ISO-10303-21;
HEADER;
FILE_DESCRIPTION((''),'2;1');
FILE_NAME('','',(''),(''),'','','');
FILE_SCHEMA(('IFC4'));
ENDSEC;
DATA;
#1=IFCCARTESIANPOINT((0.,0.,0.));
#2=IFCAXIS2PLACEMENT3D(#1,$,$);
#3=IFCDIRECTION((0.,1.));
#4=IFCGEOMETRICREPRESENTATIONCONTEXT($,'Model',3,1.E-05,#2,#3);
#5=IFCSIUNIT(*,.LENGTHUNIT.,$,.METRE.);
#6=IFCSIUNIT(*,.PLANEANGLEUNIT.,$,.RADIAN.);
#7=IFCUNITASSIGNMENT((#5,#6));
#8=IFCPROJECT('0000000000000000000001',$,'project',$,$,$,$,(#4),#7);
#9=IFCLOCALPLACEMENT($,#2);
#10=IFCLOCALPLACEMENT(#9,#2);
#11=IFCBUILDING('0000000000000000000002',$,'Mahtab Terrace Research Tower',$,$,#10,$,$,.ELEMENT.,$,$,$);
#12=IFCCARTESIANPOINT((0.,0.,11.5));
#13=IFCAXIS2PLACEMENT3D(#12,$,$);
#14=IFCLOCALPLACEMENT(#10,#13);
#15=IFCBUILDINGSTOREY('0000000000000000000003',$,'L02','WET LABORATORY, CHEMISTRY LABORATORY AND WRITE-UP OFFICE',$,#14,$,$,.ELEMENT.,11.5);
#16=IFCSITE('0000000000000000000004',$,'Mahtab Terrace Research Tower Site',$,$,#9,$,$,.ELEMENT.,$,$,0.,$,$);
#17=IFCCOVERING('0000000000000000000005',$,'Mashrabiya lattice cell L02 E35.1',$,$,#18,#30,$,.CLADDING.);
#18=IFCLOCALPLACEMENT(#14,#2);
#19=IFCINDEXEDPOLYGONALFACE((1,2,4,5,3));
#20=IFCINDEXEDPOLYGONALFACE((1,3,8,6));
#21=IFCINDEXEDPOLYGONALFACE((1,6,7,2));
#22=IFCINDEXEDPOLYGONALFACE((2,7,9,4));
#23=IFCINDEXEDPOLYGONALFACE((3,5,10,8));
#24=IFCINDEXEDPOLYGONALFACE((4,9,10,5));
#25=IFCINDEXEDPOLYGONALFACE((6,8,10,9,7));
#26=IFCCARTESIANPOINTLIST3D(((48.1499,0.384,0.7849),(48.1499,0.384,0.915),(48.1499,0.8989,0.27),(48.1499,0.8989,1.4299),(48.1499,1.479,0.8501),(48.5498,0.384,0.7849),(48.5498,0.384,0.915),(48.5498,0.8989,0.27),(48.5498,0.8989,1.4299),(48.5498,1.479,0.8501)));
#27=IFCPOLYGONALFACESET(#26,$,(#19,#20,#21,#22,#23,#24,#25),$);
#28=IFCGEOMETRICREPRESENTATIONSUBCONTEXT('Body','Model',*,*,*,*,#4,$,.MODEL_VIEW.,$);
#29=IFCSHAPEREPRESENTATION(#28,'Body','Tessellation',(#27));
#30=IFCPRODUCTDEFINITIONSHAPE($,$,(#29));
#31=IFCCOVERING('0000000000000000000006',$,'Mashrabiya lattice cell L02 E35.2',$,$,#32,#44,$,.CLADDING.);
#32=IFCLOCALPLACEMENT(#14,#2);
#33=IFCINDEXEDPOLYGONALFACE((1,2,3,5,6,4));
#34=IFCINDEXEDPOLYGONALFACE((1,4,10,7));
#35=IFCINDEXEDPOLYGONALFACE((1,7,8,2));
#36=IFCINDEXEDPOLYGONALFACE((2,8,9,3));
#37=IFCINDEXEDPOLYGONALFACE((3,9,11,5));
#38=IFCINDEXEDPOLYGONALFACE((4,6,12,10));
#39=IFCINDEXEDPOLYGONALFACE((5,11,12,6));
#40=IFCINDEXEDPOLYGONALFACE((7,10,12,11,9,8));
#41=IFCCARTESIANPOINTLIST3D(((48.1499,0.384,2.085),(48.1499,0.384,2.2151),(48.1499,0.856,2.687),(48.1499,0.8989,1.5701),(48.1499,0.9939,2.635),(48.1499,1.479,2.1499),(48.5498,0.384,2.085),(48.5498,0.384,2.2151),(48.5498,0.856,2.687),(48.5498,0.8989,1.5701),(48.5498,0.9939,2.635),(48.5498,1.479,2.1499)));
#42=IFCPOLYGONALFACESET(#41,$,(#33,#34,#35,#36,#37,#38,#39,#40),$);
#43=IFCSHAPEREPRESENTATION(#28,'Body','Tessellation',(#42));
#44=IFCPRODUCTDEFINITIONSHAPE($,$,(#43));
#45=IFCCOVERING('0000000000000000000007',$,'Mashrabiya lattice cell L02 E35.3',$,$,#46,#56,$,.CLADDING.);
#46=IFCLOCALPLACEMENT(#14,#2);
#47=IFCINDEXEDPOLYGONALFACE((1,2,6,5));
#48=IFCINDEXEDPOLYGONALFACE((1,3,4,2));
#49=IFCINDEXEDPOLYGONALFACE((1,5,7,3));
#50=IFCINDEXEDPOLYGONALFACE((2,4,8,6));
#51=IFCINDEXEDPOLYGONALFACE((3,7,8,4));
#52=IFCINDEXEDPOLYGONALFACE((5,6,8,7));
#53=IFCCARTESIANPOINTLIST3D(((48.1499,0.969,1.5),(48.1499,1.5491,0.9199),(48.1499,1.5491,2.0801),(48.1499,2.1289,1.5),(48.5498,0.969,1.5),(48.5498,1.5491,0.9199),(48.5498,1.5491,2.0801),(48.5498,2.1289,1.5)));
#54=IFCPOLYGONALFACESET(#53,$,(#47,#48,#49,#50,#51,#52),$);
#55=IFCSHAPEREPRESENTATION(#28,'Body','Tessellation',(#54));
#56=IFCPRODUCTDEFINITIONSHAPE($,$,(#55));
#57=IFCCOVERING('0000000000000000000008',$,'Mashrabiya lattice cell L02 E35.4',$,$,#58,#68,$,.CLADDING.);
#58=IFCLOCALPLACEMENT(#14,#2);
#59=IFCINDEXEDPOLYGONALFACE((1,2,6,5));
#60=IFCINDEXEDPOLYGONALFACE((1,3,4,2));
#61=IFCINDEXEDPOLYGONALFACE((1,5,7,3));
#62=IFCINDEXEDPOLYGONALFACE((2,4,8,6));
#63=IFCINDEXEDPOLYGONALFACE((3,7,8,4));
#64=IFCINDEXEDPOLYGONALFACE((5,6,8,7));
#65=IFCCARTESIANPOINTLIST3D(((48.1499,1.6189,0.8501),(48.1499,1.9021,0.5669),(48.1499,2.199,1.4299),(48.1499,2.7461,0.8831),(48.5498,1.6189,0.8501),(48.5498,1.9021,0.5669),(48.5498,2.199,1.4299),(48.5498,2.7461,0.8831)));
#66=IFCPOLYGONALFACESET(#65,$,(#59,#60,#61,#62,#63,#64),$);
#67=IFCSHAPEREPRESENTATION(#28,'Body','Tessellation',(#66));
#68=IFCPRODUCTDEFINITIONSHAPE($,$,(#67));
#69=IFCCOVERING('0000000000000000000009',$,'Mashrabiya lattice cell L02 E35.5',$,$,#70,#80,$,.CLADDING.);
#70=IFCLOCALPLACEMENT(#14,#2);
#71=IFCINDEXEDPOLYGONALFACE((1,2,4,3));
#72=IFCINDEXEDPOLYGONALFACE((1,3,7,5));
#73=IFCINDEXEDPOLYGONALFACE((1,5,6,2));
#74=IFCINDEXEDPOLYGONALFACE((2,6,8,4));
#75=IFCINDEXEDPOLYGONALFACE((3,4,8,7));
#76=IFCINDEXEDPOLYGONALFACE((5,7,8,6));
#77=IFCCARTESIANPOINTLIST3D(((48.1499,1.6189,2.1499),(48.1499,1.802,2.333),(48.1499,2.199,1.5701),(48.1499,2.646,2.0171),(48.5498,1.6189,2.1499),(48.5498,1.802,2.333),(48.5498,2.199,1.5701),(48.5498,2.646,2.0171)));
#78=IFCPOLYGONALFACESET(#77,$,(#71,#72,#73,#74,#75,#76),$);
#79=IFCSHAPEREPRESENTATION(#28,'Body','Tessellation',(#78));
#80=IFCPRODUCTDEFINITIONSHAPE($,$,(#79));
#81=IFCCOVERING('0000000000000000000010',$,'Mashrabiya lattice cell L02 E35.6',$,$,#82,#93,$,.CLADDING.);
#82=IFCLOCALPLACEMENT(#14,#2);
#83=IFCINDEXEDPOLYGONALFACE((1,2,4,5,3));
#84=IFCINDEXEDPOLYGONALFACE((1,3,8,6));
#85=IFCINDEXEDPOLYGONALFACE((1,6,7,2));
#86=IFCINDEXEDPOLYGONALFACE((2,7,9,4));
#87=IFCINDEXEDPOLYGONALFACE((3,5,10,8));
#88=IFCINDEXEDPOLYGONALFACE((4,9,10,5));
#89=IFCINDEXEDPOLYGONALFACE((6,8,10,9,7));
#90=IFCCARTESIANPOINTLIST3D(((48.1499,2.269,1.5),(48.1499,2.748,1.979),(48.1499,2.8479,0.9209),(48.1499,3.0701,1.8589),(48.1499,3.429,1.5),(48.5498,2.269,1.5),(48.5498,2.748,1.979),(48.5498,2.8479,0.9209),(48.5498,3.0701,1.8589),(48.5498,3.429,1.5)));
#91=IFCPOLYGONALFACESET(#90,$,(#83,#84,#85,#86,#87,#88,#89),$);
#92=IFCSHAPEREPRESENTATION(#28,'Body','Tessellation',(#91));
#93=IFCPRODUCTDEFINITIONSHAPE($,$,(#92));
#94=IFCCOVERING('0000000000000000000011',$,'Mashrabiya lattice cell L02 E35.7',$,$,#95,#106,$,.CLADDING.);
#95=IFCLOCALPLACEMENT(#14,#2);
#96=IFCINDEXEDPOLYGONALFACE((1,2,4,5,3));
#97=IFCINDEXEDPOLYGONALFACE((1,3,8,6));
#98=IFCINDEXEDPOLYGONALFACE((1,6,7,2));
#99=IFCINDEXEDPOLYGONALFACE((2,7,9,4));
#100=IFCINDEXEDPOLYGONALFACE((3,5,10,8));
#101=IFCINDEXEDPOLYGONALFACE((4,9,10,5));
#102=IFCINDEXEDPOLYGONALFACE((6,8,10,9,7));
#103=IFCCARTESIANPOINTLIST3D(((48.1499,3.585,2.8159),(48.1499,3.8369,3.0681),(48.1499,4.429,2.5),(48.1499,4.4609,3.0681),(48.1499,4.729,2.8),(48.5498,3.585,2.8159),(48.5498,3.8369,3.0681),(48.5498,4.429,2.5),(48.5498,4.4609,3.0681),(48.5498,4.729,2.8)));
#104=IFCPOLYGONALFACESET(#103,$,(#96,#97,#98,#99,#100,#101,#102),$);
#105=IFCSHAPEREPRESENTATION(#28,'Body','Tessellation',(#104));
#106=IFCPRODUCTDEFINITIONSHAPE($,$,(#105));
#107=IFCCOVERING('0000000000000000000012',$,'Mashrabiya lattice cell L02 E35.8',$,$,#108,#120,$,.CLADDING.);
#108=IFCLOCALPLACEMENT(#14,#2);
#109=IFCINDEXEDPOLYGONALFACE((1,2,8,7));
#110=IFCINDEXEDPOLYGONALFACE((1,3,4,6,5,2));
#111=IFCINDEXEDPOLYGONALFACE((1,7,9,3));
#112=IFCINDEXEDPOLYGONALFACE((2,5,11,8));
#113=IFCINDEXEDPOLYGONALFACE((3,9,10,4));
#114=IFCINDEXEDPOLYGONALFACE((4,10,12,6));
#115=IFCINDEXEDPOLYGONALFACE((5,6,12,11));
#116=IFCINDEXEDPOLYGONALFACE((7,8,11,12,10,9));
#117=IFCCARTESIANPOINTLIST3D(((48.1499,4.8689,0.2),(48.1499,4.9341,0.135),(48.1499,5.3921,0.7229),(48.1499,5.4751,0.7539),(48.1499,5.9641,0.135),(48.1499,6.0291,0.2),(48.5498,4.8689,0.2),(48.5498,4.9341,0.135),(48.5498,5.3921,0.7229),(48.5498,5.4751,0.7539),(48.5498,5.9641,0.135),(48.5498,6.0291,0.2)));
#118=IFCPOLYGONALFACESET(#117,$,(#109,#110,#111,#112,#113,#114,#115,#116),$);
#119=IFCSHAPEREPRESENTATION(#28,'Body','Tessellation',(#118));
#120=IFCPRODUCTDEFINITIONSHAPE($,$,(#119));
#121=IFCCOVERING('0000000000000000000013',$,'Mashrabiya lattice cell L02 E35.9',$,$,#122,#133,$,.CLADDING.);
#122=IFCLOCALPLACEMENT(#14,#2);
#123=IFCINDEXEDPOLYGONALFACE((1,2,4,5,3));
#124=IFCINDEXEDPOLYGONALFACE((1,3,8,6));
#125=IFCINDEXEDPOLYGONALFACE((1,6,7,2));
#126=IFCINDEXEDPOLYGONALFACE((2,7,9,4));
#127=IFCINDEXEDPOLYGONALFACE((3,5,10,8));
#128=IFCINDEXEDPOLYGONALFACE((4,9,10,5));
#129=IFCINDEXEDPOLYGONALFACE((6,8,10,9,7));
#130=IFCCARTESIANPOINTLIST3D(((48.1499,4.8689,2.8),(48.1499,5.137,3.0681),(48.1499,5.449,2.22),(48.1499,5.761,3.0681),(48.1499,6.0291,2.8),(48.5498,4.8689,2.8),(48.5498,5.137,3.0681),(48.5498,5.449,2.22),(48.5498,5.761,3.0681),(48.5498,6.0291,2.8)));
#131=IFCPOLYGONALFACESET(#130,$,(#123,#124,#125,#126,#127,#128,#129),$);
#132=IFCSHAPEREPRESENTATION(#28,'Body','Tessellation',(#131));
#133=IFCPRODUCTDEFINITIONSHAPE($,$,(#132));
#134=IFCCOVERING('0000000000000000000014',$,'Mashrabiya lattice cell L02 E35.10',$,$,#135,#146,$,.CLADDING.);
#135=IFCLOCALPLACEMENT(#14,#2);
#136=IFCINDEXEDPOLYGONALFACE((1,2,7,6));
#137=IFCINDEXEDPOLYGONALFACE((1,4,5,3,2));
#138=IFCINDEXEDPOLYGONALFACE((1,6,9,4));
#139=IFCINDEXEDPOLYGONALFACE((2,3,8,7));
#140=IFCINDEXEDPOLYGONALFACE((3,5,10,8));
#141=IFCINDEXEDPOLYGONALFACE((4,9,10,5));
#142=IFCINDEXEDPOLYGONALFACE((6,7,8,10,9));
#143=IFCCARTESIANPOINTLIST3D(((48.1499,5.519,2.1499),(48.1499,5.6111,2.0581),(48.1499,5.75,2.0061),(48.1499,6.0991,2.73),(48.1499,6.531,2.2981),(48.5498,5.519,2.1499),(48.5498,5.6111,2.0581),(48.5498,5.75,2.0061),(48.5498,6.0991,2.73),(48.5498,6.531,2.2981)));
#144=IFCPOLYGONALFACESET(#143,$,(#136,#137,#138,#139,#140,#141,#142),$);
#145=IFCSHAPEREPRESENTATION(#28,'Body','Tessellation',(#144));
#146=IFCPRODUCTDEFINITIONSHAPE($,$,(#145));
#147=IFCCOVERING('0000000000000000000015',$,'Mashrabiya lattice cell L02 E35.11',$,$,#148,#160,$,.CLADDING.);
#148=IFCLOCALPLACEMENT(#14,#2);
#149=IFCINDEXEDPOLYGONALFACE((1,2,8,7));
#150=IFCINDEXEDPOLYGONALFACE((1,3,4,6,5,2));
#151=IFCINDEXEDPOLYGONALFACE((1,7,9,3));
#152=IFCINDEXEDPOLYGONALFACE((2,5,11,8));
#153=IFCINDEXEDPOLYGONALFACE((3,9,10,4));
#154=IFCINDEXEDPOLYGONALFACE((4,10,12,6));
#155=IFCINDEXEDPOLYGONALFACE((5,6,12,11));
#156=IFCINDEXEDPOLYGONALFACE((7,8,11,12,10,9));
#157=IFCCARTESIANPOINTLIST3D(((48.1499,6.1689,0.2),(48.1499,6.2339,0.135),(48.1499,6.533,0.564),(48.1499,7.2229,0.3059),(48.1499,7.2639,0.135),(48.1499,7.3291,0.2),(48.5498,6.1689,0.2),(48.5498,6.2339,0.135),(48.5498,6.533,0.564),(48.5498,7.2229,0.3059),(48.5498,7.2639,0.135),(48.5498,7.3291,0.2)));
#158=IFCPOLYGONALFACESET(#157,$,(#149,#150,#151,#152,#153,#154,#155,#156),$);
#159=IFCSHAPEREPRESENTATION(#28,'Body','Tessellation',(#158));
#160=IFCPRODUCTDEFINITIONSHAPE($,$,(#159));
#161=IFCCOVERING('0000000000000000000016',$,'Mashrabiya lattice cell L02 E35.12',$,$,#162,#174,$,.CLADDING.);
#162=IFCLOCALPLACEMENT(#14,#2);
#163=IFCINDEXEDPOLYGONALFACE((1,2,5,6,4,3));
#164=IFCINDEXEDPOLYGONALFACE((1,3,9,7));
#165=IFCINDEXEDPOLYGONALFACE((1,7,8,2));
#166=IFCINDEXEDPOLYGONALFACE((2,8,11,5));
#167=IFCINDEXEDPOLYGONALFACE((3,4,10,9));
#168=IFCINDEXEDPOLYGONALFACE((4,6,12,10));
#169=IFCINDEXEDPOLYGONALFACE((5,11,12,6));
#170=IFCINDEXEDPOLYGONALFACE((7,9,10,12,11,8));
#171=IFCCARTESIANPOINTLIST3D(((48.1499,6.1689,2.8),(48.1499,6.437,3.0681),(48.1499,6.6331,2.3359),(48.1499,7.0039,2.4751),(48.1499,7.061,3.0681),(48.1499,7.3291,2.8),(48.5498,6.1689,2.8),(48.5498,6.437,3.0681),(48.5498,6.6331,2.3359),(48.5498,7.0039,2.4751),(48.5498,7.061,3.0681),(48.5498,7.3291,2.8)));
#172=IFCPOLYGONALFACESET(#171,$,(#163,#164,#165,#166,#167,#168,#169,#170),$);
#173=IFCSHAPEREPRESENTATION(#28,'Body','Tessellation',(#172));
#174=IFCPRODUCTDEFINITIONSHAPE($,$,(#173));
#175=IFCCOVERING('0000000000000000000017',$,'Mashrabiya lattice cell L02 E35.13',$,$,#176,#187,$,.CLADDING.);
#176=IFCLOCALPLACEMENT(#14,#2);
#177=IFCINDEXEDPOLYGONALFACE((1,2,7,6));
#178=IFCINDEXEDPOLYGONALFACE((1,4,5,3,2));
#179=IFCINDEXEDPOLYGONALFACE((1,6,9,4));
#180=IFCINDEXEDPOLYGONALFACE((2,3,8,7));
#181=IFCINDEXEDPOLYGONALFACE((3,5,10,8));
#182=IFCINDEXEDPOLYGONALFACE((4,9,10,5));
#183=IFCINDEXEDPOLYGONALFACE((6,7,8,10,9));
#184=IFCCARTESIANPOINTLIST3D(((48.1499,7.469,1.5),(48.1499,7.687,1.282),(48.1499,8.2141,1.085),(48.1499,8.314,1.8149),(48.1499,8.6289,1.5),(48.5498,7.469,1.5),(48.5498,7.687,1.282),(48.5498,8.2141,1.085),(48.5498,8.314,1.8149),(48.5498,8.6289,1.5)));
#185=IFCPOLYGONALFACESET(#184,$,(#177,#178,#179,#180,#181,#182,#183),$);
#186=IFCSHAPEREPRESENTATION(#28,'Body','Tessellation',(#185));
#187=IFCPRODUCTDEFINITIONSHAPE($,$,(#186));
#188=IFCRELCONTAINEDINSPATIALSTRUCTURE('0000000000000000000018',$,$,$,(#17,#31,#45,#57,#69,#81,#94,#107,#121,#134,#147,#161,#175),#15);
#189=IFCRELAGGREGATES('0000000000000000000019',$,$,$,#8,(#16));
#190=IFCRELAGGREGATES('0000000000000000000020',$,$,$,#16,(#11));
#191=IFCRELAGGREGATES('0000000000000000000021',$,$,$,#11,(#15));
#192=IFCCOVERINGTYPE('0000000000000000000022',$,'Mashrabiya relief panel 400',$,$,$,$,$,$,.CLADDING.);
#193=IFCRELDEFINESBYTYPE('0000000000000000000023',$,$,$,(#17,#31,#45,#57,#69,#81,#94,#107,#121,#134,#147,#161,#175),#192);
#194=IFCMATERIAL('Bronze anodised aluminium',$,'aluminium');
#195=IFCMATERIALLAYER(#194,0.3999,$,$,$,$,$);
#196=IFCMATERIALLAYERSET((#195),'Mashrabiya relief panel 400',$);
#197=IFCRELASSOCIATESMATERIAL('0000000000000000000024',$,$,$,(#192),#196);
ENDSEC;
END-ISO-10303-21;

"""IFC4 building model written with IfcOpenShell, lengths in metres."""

from ifc_helpers import new_model, si_unit, direction, frame, origin, place, context, subcontext, project, spatial, polyline, outline, extrude, material, layer, layer_set, type_object, element, save


model = new_model("IFC4")

# Units and contexts
model_context = context("Model", 3, precision=1e-05, world=origin(), true_north=direction((0.0, 1.0)))
body_context = subcontext(model_context, "Body", "Model", "MODEL_VIEW")
ifc_project = project(units=[si_unit("LENGTHUNIT", "METRE"), si_unit("PLANEANGLEUNIT", "RADIAN")], contexts=[model_context])

# Site, building, storey
site_placement = place(None, origin())
site = spatial("IfcSite", under=ifc_project, at=site_placement, Name="Mahtab Terrace Research Tower Site", CompositionType="ELEMENT", RefElevation=0.0)
building_placement = place(site_placement, origin())
building = spatial("IfcBuilding", under=site, at=building_placement, Name="Mahtab Terrace Research Tower", CompositionType="ELEMENT")
storey_placement = place(building_placement, frame((0.0, 0.0, 11.5)))
storey = spatial("IfcBuildingStorey", under=building, at=storey_placement, Name="L02", Description="WET LABORATORY, CHEMISTRY LABORATORY AND WRITE-UP OFFICE", CompositionType="ELEMENT", Elevation=11.5)

# Coverings
ifc_material_1 = material(Name="Bronze anodised aluminium", Category="aluminium")
ifc_layer_1 = layer(ifc_material_1, 0.3999)
ifc_layer_set_1 = layer_set([ifc_layer_1], Name="Mashrabiya relief panel 400")
covering_type = type_object("IfcCoveringType", Name="Mashrabiya relief panel 400", PredefinedType="CLADDING", material=ifc_layer_set_1)
covering_1_placement = place(storey_placement, frame((48.1499, 0.8989, 1.4299), z_axis=(-1.0, 0.0, 0.0), x_axis=(0.0, 0.707256, -0.706958)))
element("IfcCovering", 1, at=covering_1_placement, inside=storey, type_object=covering_type, Name="Mashrabiya lattice cell L02 E35.1", PredefinedType="CLADDING", context=body_context, shape_type="SweptSolid", body=[
    extrude(outline(polyline([(0.0, 0.0), (0.8202, 0.0), (0.82, 0.8204), (0.0918, 0.8202), (-0.0002, 0.7282), (0.0, 0.0)])), origin(), (0.0, 0.0, -1.0), 0.3999),
])
covering_2_placement = place(storey_placement, frame((48.1499, 1.479, 2.1499), z_axis=(-1.0, 0.0, 0.0), x_axis=(0.0, -0.707256, -0.706958)))
element("IfcCovering", 2, at=covering_2_placement, inside=storey, type_object=covering_type, Name="Mashrabiya lattice cell L02 E35.2", PredefinedType="CLADDING", context=body_context, shape_type="SweptSolid", body=[
    extrude(outline(polyline([(0.0, 0.0), (0.8202, 0.0), (0.8203, 0.7282), (0.7283, 0.8202), (0.0609, 0.8203), (0.0001, 0.686), (0.0, 0.0)])), origin(), (0.0, 0.0, -1.0), 0.3999),
])
covering_3_placement = place(storey_placement, frame((48.1499, 1.5491, 2.0801), z_axis=(-1.0, 0.0, 0.0), x_axis=(0.0, 0.706958, -0.707256)))
element("IfcCovering", 3, at=covering_3_placement, inside=storey, type_object=covering_type, Name="Mashrabiya lattice cell L02 E35.3", PredefinedType="CLADDING", context=body_context, shape_type="SweptSolid", body=[
    extrude(outline(polyline([(0.0, 0.0), (0.8202, 0.0), (0.8205, 0.8202), (0.0002, 0.8204), (0.0, 0.0)])), origin(), (0.0, 0.0, -1.0), 0.3999),
])
covering_4_placement = place(storey_placement, frame((48.1499, 1.6189, 0.8501), z_axis=(-1.0, 0.0, 0.0), x_axis=(0.0, 0.707256, 0.706958)))
element("IfcCovering", 4, at=covering_4_placement, inside=storey, type_object=covering_type, Name="Mashrabiya lattice cell L02 E35.4", PredefinedType="CLADDING", context=body_context, shape_type="SweptSolid", body=[
    extrude(outline(polyline([(0.0, 0.0), (0.8202, 0.0), (0.8205, 0.7736), (0.0001, 0.4005), (0.0, 0.0)])), origin(), (0.0, 0.0, -1.0), 0.3999),
])
covering_5_placement = place(storey_placement, frame((48.1499, 2.199, 1.5701), z_axis=(-1.0, 0.0, 0.0), x_axis=(0.0, -0.707256, 0.706958)))
element("IfcCovering", 5, at=covering_5_placement, inside=storey, type_object=covering_type, Name="Mashrabiya lattice cell L02 E35.5", PredefinedType="CLADDING", context=body_context, shape_type="SweptSolid", body=[
    extrude(outline(polyline([(0.0, 0.0), (0.8202, 0.0), (0.8201, 0.259), (-0.0001, 0.6322), (0.0, 0.0)])), origin(), (0.0, 0.0, -1.0), 0.3999),
])
covering_6_placement = place(storey_placement, frame((48.1499, 2.269, 1.5), z_axis=(-1.0, 0.0, 0.0), x_axis=(0.0, 0.707107, 0.707107)))
element("IfcCovering", 6, at=covering_6_placement, inside=storey, type_object=covering_type, Name="Mashrabiya lattice cell L02 E35.6", PredefinedType="CLADDING", context=body_context, shape_type="SweptSolid", body=[
    extrude(outline(polyline([(0.0, 0.0), (0.6774, 0.0), (0.8202, 0.3126), (0.8202, 0.8202), (-0.0002, 0.8188), (0.0, 0.0)])), origin(), (0.0, 0.0, -1.0), 0.3999),
])
covering_7_placement = place(storey_placement, frame((48.1499, 4.729, 2.8), z_axis=(-1.0, 0.0, 0.0), x_axis=(0.0, -0.707107, -0.707107)))
element("IfcCovering", 7, at=covering_7_placement, inside=storey, type_object=covering_type, Name="Mashrabiya lattice cell L02 E35.7", PredefinedType="CLADDING", context=body_context, shape_type="SweptSolid", body=[
    extrude(outline(polyline([(0.0, 0.0), (0.4243, 0.0), (0.7977, 0.8202), (0.4413, 0.8204), (0.0, 0.3791), (0.0, 0.0)])), origin(), (0.0, 0.0, -1.0), 0.3999),
])
covering_8_placement = place(storey_placement, frame((48.1499, 4.8689, 0.2), z_axis=(-1.0, 0.0, 0.0), x_axis=(0.0, 0.707272, 0.706942)))
element("IfcCovering", 8, at=covering_8_placement, inside=storey, type_object=covering_type, Name="Mashrabiya lattice cell L02 E35.8", PredefinedType="CLADDING", context=body_context, shape_type="SweptSolid", body=[
    extrude(outline(polyline([(0.0, 0.0), (0.7397, 0.0), (0.8204, 0.0368), (0.8205, 0.8202), (0.7287, 0.8202), (0.0002, 0.092), (0.0, 0.0)])), origin(), (0.0, 0.0, -1.0), 0.3999),
])
covering_9_placement = place(storey_placement, frame((48.1499, 6.0291, 2.8), z_axis=(-1.0, 0.0, 0.0), x_axis=(0.0, -0.707107, -0.707107)))
element("IfcCovering", 9, at=covering_9_placement, inside=storey, type_object=covering_type, Name="Mashrabiya lattice cell L02 E35.9", PredefinedType="CLADDING", context=body_context, shape_type="SweptSolid", body=[
    extrude(outline(polyline([(0.0, 0.0), (0.8204, 0.0), (0.8204, 0.8204), (0.4413, 0.8204), (0.0, 0.3791), (0.0, 0.0)])), origin(), (0.0, 0.0, -1.0), 0.3999),
])
covering_10_placement = place(storey_placement, frame((48.1499, 5.519, 2.1499), z_axis=(-1.0, 0.0, 0.0), x_axis=(0.0, 0.707107, 0.707107)))
element("IfcCovering", 10, at=covering_10_placement, inside=storey, type_object=covering_type, Name="Mashrabiya lattice cell L02 E35.10", PredefinedType="CLADDING", context=body_context, shape_type="SweptSolid", body=[
    extrude(outline(polyline([(0.0, 0.0), (0.8204, 0.0), (0.8204, 0.6108), (0.0616, 0.265), (0.0002, 0.13), (0.0, 0.0)])), origin(), (0.0, 0.0, -1.0), 0.3999),
])
covering_11_placement = place(storey_placement, frame((48.1499, 6.1689, 0.2), z_axis=(-1.0, 0.0, 0.0), x_axis=(0.0, 0.707107, 0.707107)))
element("IfcCovering", 11, at=covering_11_placement, inside=storey, type_object=covering_type, Name="Mashrabiya lattice cell L02 E35.11", PredefinedType="CLADDING", context=body_context, shape_type="SweptSolid", body=[
    extrude(outline(polyline([(0.0, 0.0), (0.5148, 0.0), (0.8202, 0.6703), (0.8204, 0.8204), (0.7283, 0.8202), (0.0, 0.0918), (0.0, 0.0)])), origin(), (0.0, 0.0, -1.0), 0.3999),
])
covering_12_placement = place(storey_placement, frame((48.1499, 6.1689, 2.8), z_axis=(-1.0, 0.0, 0.0), x_axis=(0.0, 0.707107, 0.707107)))
element("IfcCovering", 12, at=covering_12_placement, inside=storey, type_object=covering_type, Name="Mashrabiya lattice cell L02 E35.12", PredefinedType="CLADDING", context=body_context, shape_type="SweptSolid", body=[
    extrude(outline(polyline([(0.0, 0.0), (0.3791, 0.0), (0.8204, 0.4413), (0.8204, 0.8204), (0.3606, 0.8202), (0.0, 0.6564), (0.0, 0.0)])), origin(), (0.0, 0.0, -1.0), 0.3999),
])
covering_13_placement = place(storey_placement, frame((48.1499, 7.469, 1.5), z_axis=(-1.0, 0.0, 0.0), x_axis=(0.0, 0.937028, 0.349254)))
element("IfcCovering", 13, at=covering_13_placement, inside=storey, type_object=covering_type, Name="Mashrabiya lattice cell L02 E35.13", PredefinedType="CLADDING", context=body_context, shape_type="SweptSolid", body=[
    extrude(outline(polyline([(0.0, 0.0), (0.9018, 0.0), (1.0869, 0.4051), (0.5532, 0.6491), (0.1281, 0.2804), (0.0, 0.0)])), origin(), (0.0, 0.0, -1.0), 0.3999),
])

save(model, "model.ifc")
